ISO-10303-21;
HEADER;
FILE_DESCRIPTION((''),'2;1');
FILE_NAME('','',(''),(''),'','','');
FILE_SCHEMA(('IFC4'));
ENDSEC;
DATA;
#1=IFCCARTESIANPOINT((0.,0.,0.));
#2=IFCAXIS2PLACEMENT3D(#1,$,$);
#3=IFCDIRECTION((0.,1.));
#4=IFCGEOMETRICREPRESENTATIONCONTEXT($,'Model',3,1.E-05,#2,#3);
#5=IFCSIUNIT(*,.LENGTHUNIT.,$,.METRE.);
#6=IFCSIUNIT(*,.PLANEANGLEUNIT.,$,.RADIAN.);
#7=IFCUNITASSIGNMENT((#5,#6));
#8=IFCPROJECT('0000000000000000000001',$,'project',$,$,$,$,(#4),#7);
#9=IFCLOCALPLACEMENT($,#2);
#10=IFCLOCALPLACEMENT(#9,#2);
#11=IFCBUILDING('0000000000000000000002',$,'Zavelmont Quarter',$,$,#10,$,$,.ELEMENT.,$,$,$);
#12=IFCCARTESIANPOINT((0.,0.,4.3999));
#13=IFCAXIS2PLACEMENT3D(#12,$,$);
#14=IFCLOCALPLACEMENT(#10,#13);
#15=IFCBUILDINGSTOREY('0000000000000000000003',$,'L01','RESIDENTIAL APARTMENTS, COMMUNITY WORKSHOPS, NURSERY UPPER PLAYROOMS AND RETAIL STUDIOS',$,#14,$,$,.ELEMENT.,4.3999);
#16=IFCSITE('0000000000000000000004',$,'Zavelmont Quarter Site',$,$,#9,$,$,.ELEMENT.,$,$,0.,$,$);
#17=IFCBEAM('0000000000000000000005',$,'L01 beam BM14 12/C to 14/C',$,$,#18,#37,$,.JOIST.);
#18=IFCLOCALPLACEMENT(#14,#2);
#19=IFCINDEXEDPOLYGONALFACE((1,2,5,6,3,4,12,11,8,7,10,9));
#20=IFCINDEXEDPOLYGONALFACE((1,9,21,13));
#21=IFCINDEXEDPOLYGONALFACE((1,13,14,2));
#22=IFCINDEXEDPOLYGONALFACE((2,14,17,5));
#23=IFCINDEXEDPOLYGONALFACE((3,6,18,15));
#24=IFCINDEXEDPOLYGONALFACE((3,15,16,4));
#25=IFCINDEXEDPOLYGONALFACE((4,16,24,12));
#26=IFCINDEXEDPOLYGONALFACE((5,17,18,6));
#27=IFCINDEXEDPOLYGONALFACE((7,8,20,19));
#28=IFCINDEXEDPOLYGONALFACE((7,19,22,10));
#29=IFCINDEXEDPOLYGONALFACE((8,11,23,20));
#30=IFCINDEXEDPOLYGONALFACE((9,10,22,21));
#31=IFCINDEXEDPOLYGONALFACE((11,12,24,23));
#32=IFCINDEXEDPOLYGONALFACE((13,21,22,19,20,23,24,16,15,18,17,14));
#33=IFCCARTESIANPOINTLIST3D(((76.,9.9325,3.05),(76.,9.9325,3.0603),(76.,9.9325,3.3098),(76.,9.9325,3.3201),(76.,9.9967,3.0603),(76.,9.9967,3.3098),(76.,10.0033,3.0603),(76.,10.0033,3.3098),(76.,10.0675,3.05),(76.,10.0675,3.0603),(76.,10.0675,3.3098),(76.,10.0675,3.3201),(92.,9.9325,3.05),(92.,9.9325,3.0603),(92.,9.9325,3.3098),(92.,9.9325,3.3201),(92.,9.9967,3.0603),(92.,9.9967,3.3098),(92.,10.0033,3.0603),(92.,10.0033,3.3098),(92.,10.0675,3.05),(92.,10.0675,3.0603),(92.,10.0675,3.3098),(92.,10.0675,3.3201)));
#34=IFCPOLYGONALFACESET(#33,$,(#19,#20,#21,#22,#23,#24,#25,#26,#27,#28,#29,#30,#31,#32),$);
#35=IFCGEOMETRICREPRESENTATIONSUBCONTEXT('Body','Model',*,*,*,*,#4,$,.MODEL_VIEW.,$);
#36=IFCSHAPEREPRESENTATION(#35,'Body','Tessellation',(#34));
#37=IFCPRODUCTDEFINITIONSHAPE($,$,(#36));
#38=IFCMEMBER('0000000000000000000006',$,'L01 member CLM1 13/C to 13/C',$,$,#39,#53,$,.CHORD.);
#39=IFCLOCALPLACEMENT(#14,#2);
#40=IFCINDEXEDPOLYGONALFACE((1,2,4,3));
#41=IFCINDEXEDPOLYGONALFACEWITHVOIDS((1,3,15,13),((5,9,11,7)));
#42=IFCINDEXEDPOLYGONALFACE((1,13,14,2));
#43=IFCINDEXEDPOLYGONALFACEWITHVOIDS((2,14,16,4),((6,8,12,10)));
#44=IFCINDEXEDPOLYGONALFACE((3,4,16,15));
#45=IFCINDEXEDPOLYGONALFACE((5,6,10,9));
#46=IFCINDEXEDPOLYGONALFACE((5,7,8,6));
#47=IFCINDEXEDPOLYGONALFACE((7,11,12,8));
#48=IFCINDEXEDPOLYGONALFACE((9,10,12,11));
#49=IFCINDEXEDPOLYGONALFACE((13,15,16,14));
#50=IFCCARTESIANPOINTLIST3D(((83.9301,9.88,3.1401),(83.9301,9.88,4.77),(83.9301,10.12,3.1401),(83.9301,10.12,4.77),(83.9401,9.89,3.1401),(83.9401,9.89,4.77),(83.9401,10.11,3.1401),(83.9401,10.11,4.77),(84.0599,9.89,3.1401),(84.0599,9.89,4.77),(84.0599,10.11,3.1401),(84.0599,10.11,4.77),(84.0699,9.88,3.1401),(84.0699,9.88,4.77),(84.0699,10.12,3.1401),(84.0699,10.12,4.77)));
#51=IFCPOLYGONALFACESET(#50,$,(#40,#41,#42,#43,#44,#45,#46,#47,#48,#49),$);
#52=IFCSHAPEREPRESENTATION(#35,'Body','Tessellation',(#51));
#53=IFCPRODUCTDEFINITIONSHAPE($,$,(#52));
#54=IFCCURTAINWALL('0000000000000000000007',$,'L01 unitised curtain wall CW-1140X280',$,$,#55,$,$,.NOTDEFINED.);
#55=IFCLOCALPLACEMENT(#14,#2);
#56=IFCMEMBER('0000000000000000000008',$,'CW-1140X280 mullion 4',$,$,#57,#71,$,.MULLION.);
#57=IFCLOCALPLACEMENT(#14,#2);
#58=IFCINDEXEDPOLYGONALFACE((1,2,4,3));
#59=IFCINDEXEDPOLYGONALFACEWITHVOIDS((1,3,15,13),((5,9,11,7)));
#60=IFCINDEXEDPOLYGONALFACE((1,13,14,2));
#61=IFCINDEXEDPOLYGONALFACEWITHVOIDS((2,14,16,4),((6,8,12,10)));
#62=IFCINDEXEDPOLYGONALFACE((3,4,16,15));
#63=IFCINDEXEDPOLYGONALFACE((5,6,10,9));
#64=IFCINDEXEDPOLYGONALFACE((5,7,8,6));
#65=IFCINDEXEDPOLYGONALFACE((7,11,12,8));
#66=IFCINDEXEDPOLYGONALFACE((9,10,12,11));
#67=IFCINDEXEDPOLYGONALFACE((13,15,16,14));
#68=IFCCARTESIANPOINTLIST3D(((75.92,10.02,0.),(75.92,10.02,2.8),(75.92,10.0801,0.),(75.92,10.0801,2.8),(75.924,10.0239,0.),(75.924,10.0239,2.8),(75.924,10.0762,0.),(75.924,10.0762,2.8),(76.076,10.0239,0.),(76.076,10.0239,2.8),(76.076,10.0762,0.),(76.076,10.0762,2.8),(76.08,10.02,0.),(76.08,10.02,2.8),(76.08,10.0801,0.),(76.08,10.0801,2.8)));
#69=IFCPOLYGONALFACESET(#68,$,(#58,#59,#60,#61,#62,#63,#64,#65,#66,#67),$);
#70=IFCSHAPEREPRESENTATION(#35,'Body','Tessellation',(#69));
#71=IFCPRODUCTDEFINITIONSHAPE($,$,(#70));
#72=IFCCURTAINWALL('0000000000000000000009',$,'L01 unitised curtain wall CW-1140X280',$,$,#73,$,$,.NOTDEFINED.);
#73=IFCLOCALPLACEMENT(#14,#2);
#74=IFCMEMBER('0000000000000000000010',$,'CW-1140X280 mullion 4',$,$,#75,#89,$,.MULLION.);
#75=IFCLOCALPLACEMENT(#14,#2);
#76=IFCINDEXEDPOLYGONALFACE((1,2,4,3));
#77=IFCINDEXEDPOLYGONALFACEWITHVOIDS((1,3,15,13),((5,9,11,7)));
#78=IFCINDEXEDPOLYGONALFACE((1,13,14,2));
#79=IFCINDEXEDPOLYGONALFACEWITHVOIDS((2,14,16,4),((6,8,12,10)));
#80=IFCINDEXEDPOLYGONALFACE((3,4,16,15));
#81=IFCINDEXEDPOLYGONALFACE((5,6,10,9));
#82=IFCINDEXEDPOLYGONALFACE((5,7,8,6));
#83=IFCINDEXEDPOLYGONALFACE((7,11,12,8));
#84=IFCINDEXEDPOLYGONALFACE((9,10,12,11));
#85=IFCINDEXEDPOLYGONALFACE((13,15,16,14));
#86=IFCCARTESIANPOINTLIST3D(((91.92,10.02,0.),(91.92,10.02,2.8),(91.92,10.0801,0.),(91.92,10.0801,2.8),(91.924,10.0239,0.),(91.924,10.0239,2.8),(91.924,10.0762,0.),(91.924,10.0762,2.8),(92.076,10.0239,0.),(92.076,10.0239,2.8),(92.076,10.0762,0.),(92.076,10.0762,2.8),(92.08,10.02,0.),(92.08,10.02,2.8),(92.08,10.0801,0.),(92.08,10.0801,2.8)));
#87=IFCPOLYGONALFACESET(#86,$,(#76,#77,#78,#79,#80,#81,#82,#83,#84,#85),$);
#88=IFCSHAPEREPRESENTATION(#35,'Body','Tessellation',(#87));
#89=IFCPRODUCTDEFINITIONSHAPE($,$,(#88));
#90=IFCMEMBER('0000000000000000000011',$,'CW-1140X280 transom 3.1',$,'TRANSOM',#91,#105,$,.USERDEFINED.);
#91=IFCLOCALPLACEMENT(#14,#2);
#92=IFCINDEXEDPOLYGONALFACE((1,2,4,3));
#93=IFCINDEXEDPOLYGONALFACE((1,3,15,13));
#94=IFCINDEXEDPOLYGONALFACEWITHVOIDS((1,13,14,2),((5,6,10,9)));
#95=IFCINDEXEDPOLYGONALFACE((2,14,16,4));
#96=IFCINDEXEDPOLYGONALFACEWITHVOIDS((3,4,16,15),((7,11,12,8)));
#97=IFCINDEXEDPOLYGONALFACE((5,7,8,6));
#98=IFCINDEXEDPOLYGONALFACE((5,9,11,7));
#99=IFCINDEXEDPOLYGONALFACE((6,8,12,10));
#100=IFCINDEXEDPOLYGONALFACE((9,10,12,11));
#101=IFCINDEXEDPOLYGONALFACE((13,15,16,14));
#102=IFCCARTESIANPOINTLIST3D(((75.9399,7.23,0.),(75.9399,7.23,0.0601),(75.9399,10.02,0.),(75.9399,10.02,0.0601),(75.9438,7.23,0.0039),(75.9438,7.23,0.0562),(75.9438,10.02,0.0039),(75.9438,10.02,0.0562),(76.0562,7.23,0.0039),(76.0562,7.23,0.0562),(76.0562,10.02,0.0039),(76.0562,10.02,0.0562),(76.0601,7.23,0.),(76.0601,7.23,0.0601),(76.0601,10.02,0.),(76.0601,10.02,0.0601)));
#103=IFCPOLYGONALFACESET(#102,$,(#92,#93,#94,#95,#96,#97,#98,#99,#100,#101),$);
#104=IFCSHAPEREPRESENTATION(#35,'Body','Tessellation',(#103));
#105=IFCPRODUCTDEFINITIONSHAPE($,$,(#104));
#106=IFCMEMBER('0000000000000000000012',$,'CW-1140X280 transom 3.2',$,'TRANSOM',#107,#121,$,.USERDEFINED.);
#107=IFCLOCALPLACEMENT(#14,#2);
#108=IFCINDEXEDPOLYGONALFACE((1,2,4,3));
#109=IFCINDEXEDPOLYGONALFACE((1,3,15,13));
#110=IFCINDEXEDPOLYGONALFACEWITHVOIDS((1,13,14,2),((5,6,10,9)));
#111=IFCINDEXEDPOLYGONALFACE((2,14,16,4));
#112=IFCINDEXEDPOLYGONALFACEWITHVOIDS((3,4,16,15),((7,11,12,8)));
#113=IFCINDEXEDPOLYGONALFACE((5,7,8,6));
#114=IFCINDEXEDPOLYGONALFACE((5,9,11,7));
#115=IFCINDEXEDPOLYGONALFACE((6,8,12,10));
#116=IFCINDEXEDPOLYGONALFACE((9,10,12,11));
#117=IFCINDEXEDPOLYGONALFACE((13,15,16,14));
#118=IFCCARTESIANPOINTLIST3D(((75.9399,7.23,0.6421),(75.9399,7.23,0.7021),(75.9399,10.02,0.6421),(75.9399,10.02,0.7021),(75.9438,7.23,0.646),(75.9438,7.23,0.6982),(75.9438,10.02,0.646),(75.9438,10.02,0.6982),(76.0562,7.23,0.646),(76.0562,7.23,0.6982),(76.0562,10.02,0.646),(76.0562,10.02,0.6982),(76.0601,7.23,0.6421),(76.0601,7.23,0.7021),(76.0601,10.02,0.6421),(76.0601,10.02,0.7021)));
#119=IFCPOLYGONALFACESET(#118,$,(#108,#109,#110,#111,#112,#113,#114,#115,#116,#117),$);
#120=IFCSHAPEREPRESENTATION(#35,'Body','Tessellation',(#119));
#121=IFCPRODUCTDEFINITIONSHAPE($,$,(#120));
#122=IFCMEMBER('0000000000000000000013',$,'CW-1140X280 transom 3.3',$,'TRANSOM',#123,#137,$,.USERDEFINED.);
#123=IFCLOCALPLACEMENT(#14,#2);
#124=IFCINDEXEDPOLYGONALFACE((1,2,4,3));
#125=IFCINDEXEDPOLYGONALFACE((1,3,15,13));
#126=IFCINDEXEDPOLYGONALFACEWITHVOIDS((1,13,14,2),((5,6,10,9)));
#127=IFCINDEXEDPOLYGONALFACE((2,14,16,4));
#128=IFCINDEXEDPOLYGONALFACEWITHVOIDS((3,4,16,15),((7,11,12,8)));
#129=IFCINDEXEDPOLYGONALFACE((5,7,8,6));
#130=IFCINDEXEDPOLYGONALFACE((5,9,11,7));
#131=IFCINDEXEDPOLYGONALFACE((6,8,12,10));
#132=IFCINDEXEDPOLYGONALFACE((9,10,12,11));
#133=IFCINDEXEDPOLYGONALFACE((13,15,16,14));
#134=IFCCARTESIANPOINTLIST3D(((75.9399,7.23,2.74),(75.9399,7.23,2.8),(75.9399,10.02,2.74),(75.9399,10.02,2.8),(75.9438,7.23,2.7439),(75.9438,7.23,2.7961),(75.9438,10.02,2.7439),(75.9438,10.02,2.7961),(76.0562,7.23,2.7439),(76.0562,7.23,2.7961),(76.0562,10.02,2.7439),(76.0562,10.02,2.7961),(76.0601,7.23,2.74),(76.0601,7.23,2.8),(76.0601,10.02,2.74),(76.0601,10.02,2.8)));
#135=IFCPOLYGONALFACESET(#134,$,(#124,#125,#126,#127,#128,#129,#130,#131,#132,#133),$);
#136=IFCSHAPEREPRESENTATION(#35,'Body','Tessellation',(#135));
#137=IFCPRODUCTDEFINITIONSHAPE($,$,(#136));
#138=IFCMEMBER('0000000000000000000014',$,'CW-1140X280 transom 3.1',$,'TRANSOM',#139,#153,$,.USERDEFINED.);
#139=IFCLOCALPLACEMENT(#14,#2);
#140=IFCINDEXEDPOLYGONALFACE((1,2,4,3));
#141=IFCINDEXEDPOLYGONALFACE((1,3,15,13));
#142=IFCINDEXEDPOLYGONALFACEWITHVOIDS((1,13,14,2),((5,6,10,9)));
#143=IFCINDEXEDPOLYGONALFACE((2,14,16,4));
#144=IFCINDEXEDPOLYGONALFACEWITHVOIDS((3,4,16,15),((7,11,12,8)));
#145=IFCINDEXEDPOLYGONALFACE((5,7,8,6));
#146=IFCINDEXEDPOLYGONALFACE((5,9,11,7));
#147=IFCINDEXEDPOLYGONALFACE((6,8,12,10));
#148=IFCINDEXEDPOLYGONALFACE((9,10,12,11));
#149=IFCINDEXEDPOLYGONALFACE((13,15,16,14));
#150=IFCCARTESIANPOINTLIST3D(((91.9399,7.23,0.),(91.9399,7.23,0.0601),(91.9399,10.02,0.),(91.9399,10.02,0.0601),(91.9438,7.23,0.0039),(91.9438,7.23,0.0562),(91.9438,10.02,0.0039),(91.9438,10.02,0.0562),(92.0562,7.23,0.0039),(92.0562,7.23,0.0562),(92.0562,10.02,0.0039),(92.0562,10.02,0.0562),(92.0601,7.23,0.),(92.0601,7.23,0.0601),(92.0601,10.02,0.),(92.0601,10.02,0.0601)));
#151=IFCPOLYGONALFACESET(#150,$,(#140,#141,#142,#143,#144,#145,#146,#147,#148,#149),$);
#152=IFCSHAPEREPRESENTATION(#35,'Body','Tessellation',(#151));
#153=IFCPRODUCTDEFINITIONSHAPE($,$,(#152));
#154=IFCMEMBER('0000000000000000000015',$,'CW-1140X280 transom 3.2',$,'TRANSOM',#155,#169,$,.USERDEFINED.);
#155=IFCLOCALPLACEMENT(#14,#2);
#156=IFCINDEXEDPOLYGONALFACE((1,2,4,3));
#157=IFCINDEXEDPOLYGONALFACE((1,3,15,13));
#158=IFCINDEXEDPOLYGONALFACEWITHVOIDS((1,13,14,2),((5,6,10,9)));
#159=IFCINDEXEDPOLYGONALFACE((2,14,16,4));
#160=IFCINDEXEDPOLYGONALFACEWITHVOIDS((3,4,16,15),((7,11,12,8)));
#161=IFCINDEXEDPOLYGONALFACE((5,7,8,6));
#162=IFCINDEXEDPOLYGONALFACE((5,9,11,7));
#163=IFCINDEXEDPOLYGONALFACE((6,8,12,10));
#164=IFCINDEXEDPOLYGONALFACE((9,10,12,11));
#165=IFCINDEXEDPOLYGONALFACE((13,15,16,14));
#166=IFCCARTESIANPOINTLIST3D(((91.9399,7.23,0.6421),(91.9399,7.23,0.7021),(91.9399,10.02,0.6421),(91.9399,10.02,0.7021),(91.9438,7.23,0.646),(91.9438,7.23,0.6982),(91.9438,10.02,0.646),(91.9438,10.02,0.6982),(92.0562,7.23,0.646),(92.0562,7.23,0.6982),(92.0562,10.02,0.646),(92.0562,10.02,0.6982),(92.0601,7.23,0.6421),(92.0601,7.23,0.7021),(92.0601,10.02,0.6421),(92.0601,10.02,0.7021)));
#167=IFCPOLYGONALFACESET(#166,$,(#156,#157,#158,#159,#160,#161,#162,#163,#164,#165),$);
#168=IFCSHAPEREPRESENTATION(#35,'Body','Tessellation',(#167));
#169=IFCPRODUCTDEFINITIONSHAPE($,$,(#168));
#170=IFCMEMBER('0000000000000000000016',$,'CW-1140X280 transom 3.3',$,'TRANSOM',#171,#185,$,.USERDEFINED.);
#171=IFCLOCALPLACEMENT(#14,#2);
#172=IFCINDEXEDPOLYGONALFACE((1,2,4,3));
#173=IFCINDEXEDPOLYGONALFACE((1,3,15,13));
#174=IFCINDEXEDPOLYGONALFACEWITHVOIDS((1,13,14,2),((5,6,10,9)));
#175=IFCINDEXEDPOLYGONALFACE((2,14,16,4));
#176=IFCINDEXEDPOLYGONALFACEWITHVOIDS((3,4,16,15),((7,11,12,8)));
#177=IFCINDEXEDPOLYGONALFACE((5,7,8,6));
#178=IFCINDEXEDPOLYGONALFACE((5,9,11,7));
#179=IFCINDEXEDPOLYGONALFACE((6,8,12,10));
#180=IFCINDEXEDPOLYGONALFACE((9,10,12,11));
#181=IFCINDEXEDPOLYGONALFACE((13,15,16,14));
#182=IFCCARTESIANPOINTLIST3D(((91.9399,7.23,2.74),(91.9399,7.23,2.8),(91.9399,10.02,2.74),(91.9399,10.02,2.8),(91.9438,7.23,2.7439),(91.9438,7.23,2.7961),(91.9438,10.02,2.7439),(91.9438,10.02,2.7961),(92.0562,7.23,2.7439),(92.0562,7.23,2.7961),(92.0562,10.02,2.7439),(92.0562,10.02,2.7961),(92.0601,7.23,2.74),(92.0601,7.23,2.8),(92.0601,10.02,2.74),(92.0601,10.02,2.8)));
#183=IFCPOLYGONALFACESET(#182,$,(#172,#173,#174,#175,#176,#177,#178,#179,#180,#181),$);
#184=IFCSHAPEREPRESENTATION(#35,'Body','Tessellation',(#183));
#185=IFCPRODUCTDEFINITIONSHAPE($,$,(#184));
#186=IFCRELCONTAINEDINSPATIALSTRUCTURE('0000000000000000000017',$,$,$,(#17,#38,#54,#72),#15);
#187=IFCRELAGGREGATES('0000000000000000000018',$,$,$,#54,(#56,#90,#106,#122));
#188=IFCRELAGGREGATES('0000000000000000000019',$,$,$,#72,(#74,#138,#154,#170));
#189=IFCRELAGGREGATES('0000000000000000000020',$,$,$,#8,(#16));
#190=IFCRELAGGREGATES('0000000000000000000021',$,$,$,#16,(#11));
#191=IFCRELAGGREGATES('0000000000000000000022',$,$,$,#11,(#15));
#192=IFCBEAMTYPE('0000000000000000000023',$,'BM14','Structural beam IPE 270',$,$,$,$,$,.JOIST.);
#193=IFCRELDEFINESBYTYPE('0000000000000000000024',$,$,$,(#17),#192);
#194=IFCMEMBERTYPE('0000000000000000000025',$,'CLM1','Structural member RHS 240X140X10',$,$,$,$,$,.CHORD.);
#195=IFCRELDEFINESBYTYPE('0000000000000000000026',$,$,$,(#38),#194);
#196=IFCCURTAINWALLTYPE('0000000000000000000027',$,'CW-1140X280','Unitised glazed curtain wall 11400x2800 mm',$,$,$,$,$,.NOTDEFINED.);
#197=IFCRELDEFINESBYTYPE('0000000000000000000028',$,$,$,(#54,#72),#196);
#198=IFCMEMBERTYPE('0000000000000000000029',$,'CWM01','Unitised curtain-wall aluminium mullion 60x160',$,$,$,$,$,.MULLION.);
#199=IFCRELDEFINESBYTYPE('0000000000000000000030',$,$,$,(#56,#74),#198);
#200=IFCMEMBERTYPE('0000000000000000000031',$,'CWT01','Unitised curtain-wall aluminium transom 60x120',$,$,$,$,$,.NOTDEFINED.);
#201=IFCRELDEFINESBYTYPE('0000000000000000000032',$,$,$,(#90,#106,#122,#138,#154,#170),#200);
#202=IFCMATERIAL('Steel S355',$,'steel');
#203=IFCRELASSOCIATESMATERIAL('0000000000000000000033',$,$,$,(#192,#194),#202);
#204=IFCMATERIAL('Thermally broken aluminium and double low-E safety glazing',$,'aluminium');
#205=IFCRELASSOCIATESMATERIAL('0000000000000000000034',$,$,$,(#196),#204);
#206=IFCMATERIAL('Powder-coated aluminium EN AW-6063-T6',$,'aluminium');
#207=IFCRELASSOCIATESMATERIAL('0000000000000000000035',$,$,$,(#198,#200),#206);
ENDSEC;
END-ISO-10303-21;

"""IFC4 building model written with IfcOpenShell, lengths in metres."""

from ifc_helpers import new_model, si_unit, direction, frame, origin, origin_2d, place, context, subcontext, project, spatial, hollow_rectangle, i_section, extrude, material, material_profile, profile_set, type_object, element, aggregate, save


model = new_model("IFC4")

# Units and contexts
model_context = context("Model", 3, precision=1e-05, world=origin(), true_north=direction((0.0, 1.0)))
body_context = subcontext(model_context, "Body", "Model", "MODEL_VIEW")
ifc_project = project(units=[si_unit("LENGTHUNIT", "METRE"), si_unit("PLANEANGLEUNIT", "RADIAN")], contexts=[model_context])

# Site, building, storey
site_placement = place(None, origin())
site = spatial("IfcSite", under=ifc_project, at=site_placement, Name="Zavelmont Quarter Site", CompositionType="ELEMENT", RefElevation=0.0)
building_placement = place(site_placement, origin())
building = spatial("IfcBuilding", under=site, at=building_placement, Name="Zavelmont Quarter", CompositionType="ELEMENT")
storey_placement = place(building_placement, frame((0.0, 0.0, 4.3999)))
storey = spatial("IfcBuildingStorey", under=building, at=storey_placement, Name="L01", Description="RESIDENTIAL APARTMENTS, COMMUNITY WORKSHOPS, NURSERY UPPER PLAYROOMS AND RETAIL STUDIOS", CompositionType="ELEMENT", Elevation=4.3999)

# Beam
ifc_material_1 = material(Name="Steel S355", Category="steel")
ifc_material_profile_1 = material_profile(ifc_material_1, i_section(OverallWidth=0.135, OverallDepth=0.27, WebThickness=0.0066, FlangeThickness=0.0103, at=origin_2d()), Name="IPE 270")
ifc_profile_set_1 = profile_set([ifc_material_profile_1], Name="Steel S355")
beam_type = type_object("IfcBeamType", Name="BM14", Description="Structural beam IPE 270", PredefinedType="JOIST", material=ifc_profile_set_1)
beam_placement = place(storey_placement, frame((76.0, 10.0, 3.1851), z_axis=(1.0, 0.0, 0.0), x_axis=(0.0, 1.0, 0.0)))
element("IfcBeam", 1, at=beam_placement, inside=storey, type_object=beam_type, Name="L01 beam BM14 12/C to 14/C", PredefinedType="JOIST", context=body_context, shape_type="SweptSolid", body=[
    extrude(i_section(OverallWidth=0.135, OverallDepth=0.27, WebThickness=0.0066, FlangeThickness=0.0103, at=origin_2d()), origin(), (0.0, 0.0, 1.0), 16.0),
])

# Member
ifc_material_profile_2 = material_profile(ifc_material_1, hollow_rectangle(XDim=0.1399, YDim=0.24, WallThickness=0.01, at=origin_2d()), Name="RHS 240X140X10")
ifc_profile_set_2 = profile_set([ifc_material_profile_2], Name="Steel S355")
member_type_1 = type_object("IfcMemberType", Name="CLM1", Description="Structural member RHS 240X140X10", PredefinedType="CHORD", material=ifc_profile_set_2)
member_1_placement = place(storey_placement, frame((84.0, 10.0, 3.1401), z_axis=(0.0, 0.0, 1.0), x_axis=(1.0, 0.0, 0.0)))
element("IfcMember", 2, at=member_1_placement, inside=storey, type_object=member_type_1, Name="L01 member CLM1 13/C to 13/C", PredefinedType="CHORD", context=body_context, shape_type="SweptSolid", body=[
    extrude(hollow_rectangle(XDim=0.1399, YDim=0.24, WallThickness=0.01, at=origin_2d()), origin(), (0.0, 0.0, 1.0), 1.6299),
])

# Curtain walls, members
ifc_material_2 = material(Name="Thermally broken aluminium and double low-E safety glazing", Category="aluminium")
curtain_wall_type = type_object("IfcCurtainWallType", Name="CW-1140X280", Description="Unitised glazed curtain wall 11400x2800 mm", PredefinedType="NOTDEFINED", material=ifc_material_2)
curtain_wall_1_placement = place(storey_placement, origin())
curtain_wall_1 = element("IfcCurtainWall", 3, at=curtain_wall_1_placement, inside=storey, type_object=curtain_wall_type, Name="L01 unitised curtain wall CW-1140X280", PredefinedType="NOTDEFINED")
ifc_material_3 = material(Name="Powder-coated aluminium EN AW-6063-T6", Category="aluminium")
ifc_material_profile_3 = material_profile(ifc_material_3, hollow_rectangle(XDim=0.0601, YDim=0.1599, WallThickness=0.0039, at=origin_2d()), Name="CWM60X160")
ifc_profile_set_3 = profile_set([ifc_material_profile_3], Name="Powder-coated aluminium EN AW-6063-T6")
member_type_2 = type_object("IfcMemberType", Name="CWM01", Description="Unitised curtain-wall aluminium mullion 60x160", PredefinedType="MULLION", material=ifc_profile_set_3)
member_2_placement = place(storey_placement, frame((76.0, 10.05, 0.0), z_axis=(0.0, 0.0, 1.0), x_axis=(0.0, 1.0, 0.0)))
member_2 = element("IfcMember", 4, at=member_2_placement, type_object=member_type_2, Name="CW-1140X280 mullion 4", PredefinedType="MULLION", context=body_context, shape_type="SweptSolid", body=[
    extrude(hollow_rectangle(XDim=0.0601, YDim=0.1599, WallThickness=0.0039, at=origin_2d()), origin(), (0.0, 0.0, 1.0), 2.8),
])
curtain_wall_2_placement = place(storey_placement, origin())
curtain_wall_2 = element("IfcCurtainWall", 5, at=curtain_wall_2_placement, inside=storey, type_object=curtain_wall_type, Name="L01 unitised curtain wall CW-1140X280", PredefinedType="NOTDEFINED")
member_3_placement = place(storey_placement, frame((92.0, 10.05, 0.0), z_axis=(0.0, 0.0, 1.0), x_axis=(0.0, 1.0, 0.0)))
member_3 = element("IfcMember", 6, at=member_3_placement, type_object=member_type_2, Name="CW-1140X280 mullion 4", PredefinedType="MULLION", context=body_context, shape_type="SweptSolid", body=[
    extrude(hollow_rectangle(XDim=0.0601, YDim=0.1599, WallThickness=0.0039, at=origin_2d()), origin(), (0.0, 0.0, 1.0), 2.8),
])

# Members
ifc_material_profile_4 = material_profile(ifc_material_3, hollow_rectangle(XDim=0.1201, YDim=0.0601, WallThickness=0.0039, at=origin_2d()), Name="CWT60X120")
ifc_profile_set_4 = profile_set([ifc_material_profile_4], Name="Powder-coated aluminium EN AW-6063-T6")
member_type_3 = type_object("IfcMemberType", Name="CWT01", Description="Unitised curtain-wall aluminium transom 60x120", PredefinedType="NOTDEFINED", material=ifc_profile_set_4)
member_4_placement = place(storey_placement, frame((76.0, 7.23, 0.03), z_axis=(0.0, 1.0, 0.0), x_axis=(-1.0, 0.0, 0.0)))
member_4 = element("IfcMember", 7, at=member_4_placement, type_object=member_type_3, Name="CW-1140X280 transom 3.1", ObjectType="TRANSOM", PredefinedType="USERDEFINED", context=body_context, shape_type="SweptSolid", body=[
    extrude(hollow_rectangle(XDim=0.1201, YDim=0.0601, WallThickness=0.0039, at=origin_2d()), origin(), (0.0, 0.0, 1.0), 2.79),
])
member_5_placement = place(storey_placement, frame((76.0, 7.23, 0.6721), z_axis=(0.0, 1.0, 0.0), x_axis=(-1.0, 0.0, 0.0)))
member_5 = element("IfcMember", 8, at=member_5_placement, type_object=member_type_3, Name="CW-1140X280 transom 3.2", ObjectType="TRANSOM", PredefinedType="USERDEFINED", context=body_context, shape_type="SweptSolid", body=[
    extrude(hollow_rectangle(XDim=0.1201, YDim=0.0601, WallThickness=0.0039, at=origin_2d()), origin(), (0.0, 0.0, 1.0), 2.79),
])
member_6_placement = place(storey_placement, frame((76.0, 7.23, 2.77), z_axis=(0.0, 1.0, 0.0), x_axis=(-1.0, 0.0, 0.0)))
member_6 = element("IfcMember", 9, at=member_6_placement, type_object=member_type_3, Name="CW-1140X280 transom 3.3", ObjectType="TRANSOM", PredefinedType="USERDEFINED", context=body_context, shape_type="SweptSolid", body=[
    extrude(hollow_rectangle(XDim=0.1201, YDim=0.0601, WallThickness=0.0039, at=origin_2d()), origin(), (0.0, 0.0, 1.0), 2.79),
])
member_7_placement = place(storey_placement, frame((92.0, 7.23, 0.03), z_axis=(0.0, 1.0, 0.0), x_axis=(-1.0, 0.0, 0.0)))
member_7 = element("IfcMember", 10, at=member_7_placement, type_object=member_type_3, Name="CW-1140X280 transom 3.1", ObjectType="TRANSOM", PredefinedType="USERDEFINED", context=body_context, shape_type="SweptSolid", body=[
    extrude(hollow_rectangle(XDim=0.1201, YDim=0.0601, WallThickness=0.0039, at=origin_2d()), origin(), (0.0, 0.0, 1.0), 2.79),
])
member_8_placement = place(storey_placement, frame((92.0, 7.23, 0.6721), z_axis=(0.0, 1.0, 0.0), x_axis=(-1.0, 0.0, 0.0)))
member_8 = element("IfcMember", 11, at=member_8_placement, type_object=member_type_3, Name="CW-1140X280 transom 3.2", ObjectType="TRANSOM", PredefinedType="USERDEFINED", context=body_context, shape_type="SweptSolid", body=[
    extrude(hollow_rectangle(XDim=0.1201, YDim=0.0601, WallThickness=0.0039, at=origin_2d()), origin(), (0.0, 0.0, 1.0), 2.79),
])
member_9_placement = place(storey_placement, frame((92.0, 7.23, 2.77), z_axis=(0.0, 1.0, 0.0), x_axis=(-1.0, 0.0, 0.0)))
member_9 = element("IfcMember", 12, at=member_9_placement, type_object=member_type_3, Name="CW-1140X280 transom 3.3", ObjectType="TRANSOM", PredefinedType="USERDEFINED", context=body_context, shape_type="SweptSolid", body=[
    extrude(hollow_rectangle(XDim=0.1201, YDim=0.0601, WallThickness=0.0039, at=origin_2d()), origin(), (0.0, 0.0, 1.0), 2.79),
])

aggregate(curtain_wall_1, [member_2, member_4, member_5, member_6])
aggregate(curtain_wall_2, [member_3, member_7, member_8, member_9])

save(model, "model.ifc")
